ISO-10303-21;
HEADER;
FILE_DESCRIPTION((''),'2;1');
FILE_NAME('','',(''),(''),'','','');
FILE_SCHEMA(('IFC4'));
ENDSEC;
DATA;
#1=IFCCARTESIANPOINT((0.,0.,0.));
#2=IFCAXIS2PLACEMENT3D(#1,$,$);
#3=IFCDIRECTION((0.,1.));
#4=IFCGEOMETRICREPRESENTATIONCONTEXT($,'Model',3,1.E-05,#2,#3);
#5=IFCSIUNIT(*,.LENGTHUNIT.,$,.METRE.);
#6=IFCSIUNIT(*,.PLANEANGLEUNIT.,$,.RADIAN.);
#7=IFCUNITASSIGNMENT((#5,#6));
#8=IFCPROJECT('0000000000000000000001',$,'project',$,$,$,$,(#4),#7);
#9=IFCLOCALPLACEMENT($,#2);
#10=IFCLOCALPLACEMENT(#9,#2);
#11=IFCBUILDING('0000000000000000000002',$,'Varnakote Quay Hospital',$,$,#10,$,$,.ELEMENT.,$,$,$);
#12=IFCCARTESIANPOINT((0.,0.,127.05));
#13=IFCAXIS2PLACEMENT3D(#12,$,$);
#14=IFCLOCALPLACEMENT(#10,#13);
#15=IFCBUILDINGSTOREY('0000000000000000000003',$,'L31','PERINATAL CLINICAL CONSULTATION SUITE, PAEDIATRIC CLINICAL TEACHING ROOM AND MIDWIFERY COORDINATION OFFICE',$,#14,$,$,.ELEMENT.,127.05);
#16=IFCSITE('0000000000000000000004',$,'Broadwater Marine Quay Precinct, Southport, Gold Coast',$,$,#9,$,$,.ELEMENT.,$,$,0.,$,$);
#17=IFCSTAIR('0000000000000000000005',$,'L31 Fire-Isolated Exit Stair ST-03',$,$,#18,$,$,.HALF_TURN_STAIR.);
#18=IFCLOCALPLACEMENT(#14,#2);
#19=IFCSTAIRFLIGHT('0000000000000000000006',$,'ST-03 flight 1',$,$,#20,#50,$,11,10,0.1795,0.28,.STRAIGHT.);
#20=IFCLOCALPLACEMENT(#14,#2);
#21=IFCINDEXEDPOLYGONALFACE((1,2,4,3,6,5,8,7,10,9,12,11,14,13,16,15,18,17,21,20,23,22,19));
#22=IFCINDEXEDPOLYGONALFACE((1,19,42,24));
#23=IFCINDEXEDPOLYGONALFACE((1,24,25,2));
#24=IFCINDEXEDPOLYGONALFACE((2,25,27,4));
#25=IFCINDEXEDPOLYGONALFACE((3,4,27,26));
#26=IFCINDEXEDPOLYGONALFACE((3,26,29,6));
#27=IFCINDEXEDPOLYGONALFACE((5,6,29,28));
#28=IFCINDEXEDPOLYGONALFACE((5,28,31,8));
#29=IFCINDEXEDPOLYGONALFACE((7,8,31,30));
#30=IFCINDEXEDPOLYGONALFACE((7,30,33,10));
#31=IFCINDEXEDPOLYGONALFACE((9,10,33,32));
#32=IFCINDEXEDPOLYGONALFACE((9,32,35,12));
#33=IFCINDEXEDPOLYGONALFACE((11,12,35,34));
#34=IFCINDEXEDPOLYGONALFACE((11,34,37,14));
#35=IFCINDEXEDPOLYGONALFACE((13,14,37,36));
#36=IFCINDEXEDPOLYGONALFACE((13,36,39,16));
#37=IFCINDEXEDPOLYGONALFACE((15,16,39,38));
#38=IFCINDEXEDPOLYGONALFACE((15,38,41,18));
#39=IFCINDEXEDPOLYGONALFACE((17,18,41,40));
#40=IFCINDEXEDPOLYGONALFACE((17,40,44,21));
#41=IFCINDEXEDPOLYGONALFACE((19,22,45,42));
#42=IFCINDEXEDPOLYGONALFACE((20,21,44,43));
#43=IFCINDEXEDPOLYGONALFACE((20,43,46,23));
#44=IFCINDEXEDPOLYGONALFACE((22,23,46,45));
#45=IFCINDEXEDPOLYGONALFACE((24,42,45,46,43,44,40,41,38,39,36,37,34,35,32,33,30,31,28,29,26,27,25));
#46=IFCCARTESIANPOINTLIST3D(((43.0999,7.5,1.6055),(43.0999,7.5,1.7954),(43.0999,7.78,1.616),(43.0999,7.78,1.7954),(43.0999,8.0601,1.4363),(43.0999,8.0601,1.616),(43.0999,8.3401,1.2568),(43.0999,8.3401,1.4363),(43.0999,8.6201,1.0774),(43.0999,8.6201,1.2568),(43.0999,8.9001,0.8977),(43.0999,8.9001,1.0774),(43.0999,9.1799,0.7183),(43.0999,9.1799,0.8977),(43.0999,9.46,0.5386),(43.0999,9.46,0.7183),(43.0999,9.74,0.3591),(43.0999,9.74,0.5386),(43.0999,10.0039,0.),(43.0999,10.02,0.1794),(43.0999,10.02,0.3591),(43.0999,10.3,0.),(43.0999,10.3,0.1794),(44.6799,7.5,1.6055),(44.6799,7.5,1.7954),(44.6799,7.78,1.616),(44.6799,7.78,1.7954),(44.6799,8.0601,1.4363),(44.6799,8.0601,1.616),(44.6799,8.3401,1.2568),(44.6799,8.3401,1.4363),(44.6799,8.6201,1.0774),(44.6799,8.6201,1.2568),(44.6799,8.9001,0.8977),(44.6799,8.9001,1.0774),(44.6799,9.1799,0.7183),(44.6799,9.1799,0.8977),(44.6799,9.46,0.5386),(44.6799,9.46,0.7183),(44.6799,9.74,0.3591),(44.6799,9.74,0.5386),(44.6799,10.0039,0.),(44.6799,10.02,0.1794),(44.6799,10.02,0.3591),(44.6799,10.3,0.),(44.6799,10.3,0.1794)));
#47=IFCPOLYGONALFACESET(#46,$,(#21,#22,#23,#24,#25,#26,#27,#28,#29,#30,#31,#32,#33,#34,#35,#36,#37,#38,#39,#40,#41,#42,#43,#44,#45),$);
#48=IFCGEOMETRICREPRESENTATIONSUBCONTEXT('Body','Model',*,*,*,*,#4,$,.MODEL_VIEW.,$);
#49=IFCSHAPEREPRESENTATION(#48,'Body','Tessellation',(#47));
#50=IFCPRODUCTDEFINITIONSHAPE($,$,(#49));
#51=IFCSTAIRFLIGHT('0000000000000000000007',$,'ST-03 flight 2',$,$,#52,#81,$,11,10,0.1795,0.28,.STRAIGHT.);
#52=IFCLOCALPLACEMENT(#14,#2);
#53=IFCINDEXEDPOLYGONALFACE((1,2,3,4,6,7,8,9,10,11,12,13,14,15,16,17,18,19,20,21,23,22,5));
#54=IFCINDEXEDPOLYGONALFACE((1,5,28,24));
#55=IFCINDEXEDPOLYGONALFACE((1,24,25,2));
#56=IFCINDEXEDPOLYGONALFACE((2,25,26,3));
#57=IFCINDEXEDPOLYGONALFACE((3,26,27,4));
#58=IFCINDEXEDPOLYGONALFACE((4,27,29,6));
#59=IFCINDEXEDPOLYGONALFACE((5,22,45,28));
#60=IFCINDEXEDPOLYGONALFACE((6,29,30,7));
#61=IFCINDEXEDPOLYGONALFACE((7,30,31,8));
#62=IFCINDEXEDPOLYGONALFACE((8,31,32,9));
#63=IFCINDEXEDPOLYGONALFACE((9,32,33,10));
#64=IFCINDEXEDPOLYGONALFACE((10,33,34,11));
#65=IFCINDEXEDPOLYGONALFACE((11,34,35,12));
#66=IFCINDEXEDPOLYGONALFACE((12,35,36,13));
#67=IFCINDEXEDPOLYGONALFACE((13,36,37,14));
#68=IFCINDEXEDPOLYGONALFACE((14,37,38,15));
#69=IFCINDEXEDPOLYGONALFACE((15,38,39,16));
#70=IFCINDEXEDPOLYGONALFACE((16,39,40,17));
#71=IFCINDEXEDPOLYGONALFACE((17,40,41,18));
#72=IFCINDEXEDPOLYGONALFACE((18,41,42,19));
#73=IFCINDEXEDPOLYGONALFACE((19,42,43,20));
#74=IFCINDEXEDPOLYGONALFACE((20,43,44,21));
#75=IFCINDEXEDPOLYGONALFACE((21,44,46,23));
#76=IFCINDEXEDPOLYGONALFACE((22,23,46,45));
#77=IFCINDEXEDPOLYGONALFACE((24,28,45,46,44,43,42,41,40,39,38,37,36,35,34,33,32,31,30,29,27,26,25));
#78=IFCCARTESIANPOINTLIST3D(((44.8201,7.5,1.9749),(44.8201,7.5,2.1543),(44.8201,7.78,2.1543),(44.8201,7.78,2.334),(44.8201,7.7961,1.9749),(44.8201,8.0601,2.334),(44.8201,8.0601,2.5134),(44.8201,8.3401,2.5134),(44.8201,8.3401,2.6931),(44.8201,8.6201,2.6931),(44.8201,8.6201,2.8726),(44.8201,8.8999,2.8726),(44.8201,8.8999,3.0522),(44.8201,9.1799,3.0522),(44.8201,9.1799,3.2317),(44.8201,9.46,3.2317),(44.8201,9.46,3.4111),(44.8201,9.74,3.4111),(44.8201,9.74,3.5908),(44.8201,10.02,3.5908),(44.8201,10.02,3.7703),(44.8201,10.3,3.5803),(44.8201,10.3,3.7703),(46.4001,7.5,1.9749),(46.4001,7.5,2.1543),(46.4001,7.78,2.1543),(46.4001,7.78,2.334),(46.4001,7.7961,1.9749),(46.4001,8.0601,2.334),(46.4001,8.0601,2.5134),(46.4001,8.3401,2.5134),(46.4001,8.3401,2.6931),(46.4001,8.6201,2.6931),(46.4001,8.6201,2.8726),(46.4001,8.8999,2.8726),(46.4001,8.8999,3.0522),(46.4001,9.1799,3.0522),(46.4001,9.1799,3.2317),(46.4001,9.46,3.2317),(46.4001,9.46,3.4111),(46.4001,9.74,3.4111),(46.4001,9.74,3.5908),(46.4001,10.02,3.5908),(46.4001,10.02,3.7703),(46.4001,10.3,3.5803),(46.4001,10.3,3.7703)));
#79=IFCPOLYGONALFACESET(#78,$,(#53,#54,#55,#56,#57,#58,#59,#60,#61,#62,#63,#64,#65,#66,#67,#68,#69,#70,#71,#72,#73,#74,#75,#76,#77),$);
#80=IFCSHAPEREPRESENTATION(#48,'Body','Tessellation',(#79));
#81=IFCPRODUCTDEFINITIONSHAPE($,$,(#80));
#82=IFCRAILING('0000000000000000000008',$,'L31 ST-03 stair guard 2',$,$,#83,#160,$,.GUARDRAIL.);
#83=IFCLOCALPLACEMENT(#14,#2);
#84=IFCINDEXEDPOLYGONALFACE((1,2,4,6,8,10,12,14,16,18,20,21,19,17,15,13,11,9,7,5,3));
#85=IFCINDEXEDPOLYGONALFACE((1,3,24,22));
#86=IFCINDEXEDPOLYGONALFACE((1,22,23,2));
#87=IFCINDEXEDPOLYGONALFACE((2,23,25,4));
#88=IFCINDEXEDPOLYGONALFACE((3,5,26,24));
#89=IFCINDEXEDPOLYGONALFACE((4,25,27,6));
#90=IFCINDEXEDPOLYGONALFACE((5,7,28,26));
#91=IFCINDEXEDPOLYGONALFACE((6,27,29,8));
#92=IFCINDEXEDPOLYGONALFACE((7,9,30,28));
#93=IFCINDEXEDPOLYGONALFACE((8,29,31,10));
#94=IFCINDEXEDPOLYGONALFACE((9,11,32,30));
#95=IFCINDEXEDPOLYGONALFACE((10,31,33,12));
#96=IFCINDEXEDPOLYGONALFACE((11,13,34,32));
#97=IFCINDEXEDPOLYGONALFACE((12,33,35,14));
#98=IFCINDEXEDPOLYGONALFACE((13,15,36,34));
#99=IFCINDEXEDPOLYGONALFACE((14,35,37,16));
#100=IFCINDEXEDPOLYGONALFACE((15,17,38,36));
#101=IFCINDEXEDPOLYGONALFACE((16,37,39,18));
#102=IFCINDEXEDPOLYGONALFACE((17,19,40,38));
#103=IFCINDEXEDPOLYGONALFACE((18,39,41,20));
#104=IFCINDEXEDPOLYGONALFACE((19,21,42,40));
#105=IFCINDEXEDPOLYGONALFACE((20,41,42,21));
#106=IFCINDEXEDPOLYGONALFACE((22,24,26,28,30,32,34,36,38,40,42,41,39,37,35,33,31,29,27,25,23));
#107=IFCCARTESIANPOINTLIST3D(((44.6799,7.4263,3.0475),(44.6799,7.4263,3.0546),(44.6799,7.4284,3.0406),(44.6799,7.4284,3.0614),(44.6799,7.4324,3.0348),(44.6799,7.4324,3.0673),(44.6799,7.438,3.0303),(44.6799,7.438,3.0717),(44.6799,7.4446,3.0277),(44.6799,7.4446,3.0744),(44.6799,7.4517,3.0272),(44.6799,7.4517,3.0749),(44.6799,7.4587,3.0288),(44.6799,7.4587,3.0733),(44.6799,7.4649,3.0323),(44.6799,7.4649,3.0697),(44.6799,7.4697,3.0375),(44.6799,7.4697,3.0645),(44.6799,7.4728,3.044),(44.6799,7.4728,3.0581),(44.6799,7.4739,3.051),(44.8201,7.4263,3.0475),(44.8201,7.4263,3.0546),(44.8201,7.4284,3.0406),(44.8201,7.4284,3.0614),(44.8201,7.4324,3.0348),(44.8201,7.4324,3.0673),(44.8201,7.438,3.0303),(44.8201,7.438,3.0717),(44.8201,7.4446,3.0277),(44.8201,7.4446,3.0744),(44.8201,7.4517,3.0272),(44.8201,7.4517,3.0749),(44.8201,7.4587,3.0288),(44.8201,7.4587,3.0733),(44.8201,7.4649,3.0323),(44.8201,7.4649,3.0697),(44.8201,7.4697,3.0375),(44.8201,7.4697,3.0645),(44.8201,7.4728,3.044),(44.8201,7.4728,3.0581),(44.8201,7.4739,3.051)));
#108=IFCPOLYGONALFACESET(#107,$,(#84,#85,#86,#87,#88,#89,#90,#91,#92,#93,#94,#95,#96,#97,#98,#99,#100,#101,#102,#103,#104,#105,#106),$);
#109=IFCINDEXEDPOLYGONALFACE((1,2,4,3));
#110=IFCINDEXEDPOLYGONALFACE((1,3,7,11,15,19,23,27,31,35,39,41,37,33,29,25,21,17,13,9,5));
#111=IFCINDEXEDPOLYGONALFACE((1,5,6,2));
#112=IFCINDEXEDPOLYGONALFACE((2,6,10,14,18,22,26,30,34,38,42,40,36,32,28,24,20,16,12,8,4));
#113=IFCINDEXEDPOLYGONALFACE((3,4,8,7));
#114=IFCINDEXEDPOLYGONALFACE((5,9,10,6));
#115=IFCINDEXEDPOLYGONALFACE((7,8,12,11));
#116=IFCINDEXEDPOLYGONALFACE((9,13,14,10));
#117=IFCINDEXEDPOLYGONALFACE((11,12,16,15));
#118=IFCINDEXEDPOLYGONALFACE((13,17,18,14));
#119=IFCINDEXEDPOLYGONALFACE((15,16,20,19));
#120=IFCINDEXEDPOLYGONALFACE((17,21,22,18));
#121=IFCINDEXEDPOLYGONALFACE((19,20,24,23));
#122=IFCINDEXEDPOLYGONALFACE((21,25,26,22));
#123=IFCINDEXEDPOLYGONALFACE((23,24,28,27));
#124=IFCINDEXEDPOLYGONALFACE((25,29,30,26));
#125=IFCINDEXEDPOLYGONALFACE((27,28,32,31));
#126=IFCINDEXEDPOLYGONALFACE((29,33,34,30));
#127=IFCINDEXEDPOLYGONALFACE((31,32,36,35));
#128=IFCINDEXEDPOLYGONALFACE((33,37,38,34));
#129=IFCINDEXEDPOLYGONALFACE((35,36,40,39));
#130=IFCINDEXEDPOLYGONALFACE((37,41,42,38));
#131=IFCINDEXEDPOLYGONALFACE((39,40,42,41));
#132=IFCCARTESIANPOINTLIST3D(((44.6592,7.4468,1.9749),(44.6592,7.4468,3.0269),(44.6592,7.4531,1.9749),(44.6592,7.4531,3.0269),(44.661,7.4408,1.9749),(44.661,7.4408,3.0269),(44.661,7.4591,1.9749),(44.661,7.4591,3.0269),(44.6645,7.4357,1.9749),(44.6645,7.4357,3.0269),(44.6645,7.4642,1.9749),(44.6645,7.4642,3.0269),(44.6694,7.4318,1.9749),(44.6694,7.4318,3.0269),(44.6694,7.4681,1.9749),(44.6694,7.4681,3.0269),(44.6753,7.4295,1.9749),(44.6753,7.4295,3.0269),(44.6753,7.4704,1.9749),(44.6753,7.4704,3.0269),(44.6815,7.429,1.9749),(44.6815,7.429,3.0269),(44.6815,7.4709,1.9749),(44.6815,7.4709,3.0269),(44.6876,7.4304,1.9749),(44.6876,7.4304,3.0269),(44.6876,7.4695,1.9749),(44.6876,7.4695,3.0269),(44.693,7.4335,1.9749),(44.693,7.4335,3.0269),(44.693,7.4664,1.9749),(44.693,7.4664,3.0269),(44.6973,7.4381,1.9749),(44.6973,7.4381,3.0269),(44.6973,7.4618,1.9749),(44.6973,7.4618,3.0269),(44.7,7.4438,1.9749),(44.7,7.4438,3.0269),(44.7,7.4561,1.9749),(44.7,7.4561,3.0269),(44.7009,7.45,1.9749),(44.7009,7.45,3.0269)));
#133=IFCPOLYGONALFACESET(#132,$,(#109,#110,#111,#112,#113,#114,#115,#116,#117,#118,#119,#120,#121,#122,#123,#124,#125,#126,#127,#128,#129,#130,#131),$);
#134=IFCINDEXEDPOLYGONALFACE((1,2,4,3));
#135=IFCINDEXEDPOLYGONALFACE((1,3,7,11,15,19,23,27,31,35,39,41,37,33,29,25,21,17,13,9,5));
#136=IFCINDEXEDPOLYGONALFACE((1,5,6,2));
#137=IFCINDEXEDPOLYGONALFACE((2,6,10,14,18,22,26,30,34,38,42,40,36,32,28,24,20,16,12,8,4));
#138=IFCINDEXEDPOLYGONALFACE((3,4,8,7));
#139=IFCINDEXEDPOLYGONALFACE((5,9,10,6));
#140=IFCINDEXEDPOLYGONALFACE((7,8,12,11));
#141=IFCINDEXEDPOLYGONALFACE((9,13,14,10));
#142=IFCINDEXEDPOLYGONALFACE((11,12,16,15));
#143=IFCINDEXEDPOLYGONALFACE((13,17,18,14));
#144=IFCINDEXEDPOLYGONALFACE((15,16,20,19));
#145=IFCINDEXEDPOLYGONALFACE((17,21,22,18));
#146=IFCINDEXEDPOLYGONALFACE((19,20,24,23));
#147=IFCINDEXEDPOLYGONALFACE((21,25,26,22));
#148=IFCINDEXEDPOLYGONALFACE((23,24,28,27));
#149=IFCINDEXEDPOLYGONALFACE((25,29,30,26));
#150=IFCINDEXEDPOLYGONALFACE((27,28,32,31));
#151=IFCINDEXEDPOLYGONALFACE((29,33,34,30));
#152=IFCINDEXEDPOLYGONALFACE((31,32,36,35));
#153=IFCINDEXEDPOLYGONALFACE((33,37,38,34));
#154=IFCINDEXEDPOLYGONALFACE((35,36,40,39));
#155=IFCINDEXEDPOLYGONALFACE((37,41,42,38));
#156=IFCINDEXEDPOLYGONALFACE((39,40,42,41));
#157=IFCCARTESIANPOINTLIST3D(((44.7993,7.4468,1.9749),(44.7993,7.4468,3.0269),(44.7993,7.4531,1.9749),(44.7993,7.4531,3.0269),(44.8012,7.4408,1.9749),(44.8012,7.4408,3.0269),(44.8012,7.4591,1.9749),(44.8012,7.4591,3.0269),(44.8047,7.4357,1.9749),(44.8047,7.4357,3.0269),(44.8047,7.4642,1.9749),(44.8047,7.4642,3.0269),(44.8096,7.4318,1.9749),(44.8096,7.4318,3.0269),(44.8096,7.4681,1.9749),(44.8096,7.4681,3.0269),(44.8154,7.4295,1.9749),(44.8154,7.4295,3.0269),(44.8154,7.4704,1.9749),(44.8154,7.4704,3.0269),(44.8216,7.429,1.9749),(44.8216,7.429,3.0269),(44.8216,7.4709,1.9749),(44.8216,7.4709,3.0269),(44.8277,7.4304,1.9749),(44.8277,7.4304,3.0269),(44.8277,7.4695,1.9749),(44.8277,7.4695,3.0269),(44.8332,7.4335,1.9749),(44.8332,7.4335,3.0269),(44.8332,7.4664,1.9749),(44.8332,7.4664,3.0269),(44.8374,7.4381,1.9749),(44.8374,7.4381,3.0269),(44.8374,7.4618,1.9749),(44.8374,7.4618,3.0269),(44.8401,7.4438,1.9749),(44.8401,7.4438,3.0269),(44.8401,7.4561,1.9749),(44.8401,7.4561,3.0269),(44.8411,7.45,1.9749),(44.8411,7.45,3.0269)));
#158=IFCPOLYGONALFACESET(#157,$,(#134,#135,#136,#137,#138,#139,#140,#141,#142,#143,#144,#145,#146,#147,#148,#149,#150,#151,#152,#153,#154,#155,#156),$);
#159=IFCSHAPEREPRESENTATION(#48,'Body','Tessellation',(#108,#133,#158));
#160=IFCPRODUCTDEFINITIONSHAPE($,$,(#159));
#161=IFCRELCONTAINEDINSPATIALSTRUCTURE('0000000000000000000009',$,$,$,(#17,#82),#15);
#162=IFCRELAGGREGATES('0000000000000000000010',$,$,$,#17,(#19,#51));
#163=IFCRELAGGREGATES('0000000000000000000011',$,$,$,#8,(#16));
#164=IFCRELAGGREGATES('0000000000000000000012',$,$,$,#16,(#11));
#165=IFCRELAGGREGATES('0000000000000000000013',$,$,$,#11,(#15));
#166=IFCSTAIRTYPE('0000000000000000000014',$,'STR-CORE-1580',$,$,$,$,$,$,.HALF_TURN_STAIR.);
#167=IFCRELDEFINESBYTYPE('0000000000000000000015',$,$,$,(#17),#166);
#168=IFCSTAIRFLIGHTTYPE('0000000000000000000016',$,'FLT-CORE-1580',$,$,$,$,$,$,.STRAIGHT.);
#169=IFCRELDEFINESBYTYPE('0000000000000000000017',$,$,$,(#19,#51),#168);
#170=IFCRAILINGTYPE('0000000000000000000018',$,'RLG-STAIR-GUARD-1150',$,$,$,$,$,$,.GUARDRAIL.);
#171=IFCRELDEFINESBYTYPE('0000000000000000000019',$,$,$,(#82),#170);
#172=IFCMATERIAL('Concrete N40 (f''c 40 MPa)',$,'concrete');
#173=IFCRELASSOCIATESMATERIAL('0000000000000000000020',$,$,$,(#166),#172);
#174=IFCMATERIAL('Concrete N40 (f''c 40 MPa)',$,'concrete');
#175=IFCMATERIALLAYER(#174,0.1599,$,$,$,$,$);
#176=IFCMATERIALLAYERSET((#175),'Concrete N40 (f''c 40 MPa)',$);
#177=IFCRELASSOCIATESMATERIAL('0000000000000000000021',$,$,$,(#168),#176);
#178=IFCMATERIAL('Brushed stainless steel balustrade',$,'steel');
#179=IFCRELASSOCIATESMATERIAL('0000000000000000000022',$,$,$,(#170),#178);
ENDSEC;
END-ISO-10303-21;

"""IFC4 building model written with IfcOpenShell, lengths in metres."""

from ifc_helpers import new_model, si_unit, direction, frame, origin, origin_2d, place, context, subcontext, project, spatial, polyline, circle, outline, extrude, material, layer, layer_set, type_object, element, aggregate, save


model = new_model("IFC4")

# Units and contexts
model_context = context("Model", 3, precision=1e-05, world=origin(), true_north=direction((0.0, 1.0)))
body_context = subcontext(model_context, "Body", "Model", "MODEL_VIEW")
ifc_project = project(units=[si_unit("LENGTHUNIT", "METRE"), si_unit("PLANEANGLEUNIT", "RADIAN")], contexts=[model_context])

# Site, building, storey
site_placement = place(None, origin())
site = spatial("IfcSite", under=ifc_project, at=site_placement, Name="Broadwater Marine Quay Precinct, Southport, Gold Coast", CompositionType="ELEMENT", RefElevation=0.0)
building_placement = place(site_placement, origin())
building = spatial("IfcBuilding", under=site, at=building_placement, Name="Varnakote Quay Hospital", CompositionType="ELEMENT")
storey_placement = place(building_placement, frame((0.0, 0.0, 127.05)))
storey = spatial("IfcBuildingStorey", under=building, at=storey_placement, Name="L31", Description="PERINATAL CLINICAL CONSULTATION SUITE, PAEDIATRIC CLINICAL TEACHING ROOM AND MIDWIFERY COORDINATION OFFICE", CompositionType="ELEMENT", Elevation=127.05)

# Stair, stair flights
ifc_material_1 = material(Name="Concrete N40 (f'c 40 MPa)", Category="concrete")
stair_type = type_object("IfcStairType", Name="STR-CORE-1580", PredefinedType="HALF_TURN_STAIR", material=ifc_material_1)
stair_placement = place(storey_placement, origin())
stair = element("IfcStair", 1, at=stair_placement, inside=storey, type_object=stair_type, Name="L31 Fire-Isolated Exit Stair ST-03", PredefinedType="HALF_TURN_STAIR")
ifc_material_2 = material(Name="Concrete N40 (f'c 40 MPa)", Category="concrete")
ifc_layer_1 = layer(ifc_material_2, 0.1599)
ifc_layer_set_1 = layer_set([ifc_layer_1], Name="Concrete N40 (f'c 40 MPa)")
stair_flight_type = type_object("IfcStairFlightType", Name="FLT-CORE-1580", PredefinedType="STRAIGHT", material=ifc_layer_set_1)
stair_flight_1_placement = place(storey_placement, frame((43.8899, 10.3, 0.0), z_axis=(0.0, 0.0, 1.0), x_axis=(0.0, -1.0, 0.0)))
stair_flight_1 = element("IfcStairFlight", 2, at=stair_flight_1_placement, type_object=stair_flight_type, Name="ST-03 flight 1", NumberOfRisers=11, NumberOfTreads=10, PredefinedType="STRAIGHT", RiserHeight=0.1795, TreadLength=0.28, context=body_context, shape_type="SweptSolid", body=[
    extrude(outline(polyline([(0.0, 0.0), (0.0, 0.1794), (0.28, 0.1794), (0.28, 0.3591), (0.5601, 0.3591), (0.5601, 0.5386), (0.8401, 0.5386), (0.8401, 0.7183), (1.1201, 0.7183), (1.1201, 0.8977), (1.3999, 0.8977), (1.3999, 1.0774), (1.6799, 1.0774), (1.6799, 1.2568), (1.96, 1.2568), (1.96, 1.4363), (2.24, 1.4363), (2.24, 1.616), (2.52, 1.616), (2.52, 1.7954), (2.8, 1.7954), (2.8, 1.9751), (2.8, 1.6055), (0.2961, 0.0), (0.0, 0.0)])), frame((0.0, 0.79, 0.0), z_axis=(0.0, -1.0, 0.0), x_axis=(1.0, 0.0, 0.0)), (0.0, 0.0, 1.0), 1.5801),
])
stair_flight_2_placement = place(storey_placement, frame((45.6101, 7.5, 1.9749), z_axis=(0.0, 0.0, 1.0), x_axis=(0.0, 1.0, 0.0)))
stair_flight_2 = element("IfcStairFlight", 3, at=stair_flight_2_placement, type_object=stair_flight_type, Name="ST-03 flight 2", NumberOfRisers=11, NumberOfTreads=10, PredefinedType="STRAIGHT", RiserHeight=0.1795, TreadLength=0.28, context=body_context, shape_type="SweptSolid", body=[
    extrude(outline(polyline([(0.0, 0.0), (0.0, 0.1794), (0.28, 0.1794), (0.28, 0.3591), (0.5601, 0.3591), (0.5601, 0.5386), (0.8401, 0.5386), (0.8401, 0.7183), (1.1201, 0.7183), (1.1201, 0.8977), (1.3999, 0.8977), (1.3999, 1.0774), (1.6799, 1.0774), (1.6799, 1.2568), (1.96, 1.2568), (1.96, 1.4363), (2.24, 1.4363), (2.24, 1.616), (2.52, 1.616), (2.52, 1.7954), (2.8, 1.7954), (2.8, 1.9751), (2.8, 1.6055), (0.2961, 0.0), (0.0, 0.0)])), frame((0.0, 0.79, 0.0), z_axis=(0.0, -1.0, 0.0), x_axis=(1.0, 0.0, 0.0)), (0.0, 0.0, 1.0), 1.5801),
])
aggregate(stair, [stair_flight_1, stair_flight_2])

# Railing
ifc_material_3 = material(Name="Brushed stainless steel balustrade", Category="steel")
railing_type_1 = type_object("IfcRailingType", Name="RLG-STAIR-GUARD-1150", PredefinedType="GUARDRAIL", material=ifc_material_3)
railing_1_placement = place(storey_placement, frame((44.6799, 7.45, 1.9749)))
element("IfcRailing", 4, at=railing_1_placement, inside=storey, type_object=railing_type_1, Name="L31 ST-03 stair guard 2", PredefinedType="GUARDRAIL", context=body_context, shape_type="SweptSolid", body=[
    extrude(circle(Radius=0.0239, at=origin_2d()), frame((0.0, 0.0, 1.0762), z_axis=(1.0, 0.0, 0.0), x_axis=(0.0, 1.0, 0.0)), (0.0, 0.0, 1.0), 0.1401),
    extrude(circle(Radius=0.021, at=origin_2d()), origin(), (0.0, 0.0, 1.0), 1.052),
    extrude(circle(Radius=0.021, at=origin_2d()), frame((0.1401, 0.0, 0.0)), (0.0, 0.0, 1.0), 1.052),
])

save(model, "model.ifc")
